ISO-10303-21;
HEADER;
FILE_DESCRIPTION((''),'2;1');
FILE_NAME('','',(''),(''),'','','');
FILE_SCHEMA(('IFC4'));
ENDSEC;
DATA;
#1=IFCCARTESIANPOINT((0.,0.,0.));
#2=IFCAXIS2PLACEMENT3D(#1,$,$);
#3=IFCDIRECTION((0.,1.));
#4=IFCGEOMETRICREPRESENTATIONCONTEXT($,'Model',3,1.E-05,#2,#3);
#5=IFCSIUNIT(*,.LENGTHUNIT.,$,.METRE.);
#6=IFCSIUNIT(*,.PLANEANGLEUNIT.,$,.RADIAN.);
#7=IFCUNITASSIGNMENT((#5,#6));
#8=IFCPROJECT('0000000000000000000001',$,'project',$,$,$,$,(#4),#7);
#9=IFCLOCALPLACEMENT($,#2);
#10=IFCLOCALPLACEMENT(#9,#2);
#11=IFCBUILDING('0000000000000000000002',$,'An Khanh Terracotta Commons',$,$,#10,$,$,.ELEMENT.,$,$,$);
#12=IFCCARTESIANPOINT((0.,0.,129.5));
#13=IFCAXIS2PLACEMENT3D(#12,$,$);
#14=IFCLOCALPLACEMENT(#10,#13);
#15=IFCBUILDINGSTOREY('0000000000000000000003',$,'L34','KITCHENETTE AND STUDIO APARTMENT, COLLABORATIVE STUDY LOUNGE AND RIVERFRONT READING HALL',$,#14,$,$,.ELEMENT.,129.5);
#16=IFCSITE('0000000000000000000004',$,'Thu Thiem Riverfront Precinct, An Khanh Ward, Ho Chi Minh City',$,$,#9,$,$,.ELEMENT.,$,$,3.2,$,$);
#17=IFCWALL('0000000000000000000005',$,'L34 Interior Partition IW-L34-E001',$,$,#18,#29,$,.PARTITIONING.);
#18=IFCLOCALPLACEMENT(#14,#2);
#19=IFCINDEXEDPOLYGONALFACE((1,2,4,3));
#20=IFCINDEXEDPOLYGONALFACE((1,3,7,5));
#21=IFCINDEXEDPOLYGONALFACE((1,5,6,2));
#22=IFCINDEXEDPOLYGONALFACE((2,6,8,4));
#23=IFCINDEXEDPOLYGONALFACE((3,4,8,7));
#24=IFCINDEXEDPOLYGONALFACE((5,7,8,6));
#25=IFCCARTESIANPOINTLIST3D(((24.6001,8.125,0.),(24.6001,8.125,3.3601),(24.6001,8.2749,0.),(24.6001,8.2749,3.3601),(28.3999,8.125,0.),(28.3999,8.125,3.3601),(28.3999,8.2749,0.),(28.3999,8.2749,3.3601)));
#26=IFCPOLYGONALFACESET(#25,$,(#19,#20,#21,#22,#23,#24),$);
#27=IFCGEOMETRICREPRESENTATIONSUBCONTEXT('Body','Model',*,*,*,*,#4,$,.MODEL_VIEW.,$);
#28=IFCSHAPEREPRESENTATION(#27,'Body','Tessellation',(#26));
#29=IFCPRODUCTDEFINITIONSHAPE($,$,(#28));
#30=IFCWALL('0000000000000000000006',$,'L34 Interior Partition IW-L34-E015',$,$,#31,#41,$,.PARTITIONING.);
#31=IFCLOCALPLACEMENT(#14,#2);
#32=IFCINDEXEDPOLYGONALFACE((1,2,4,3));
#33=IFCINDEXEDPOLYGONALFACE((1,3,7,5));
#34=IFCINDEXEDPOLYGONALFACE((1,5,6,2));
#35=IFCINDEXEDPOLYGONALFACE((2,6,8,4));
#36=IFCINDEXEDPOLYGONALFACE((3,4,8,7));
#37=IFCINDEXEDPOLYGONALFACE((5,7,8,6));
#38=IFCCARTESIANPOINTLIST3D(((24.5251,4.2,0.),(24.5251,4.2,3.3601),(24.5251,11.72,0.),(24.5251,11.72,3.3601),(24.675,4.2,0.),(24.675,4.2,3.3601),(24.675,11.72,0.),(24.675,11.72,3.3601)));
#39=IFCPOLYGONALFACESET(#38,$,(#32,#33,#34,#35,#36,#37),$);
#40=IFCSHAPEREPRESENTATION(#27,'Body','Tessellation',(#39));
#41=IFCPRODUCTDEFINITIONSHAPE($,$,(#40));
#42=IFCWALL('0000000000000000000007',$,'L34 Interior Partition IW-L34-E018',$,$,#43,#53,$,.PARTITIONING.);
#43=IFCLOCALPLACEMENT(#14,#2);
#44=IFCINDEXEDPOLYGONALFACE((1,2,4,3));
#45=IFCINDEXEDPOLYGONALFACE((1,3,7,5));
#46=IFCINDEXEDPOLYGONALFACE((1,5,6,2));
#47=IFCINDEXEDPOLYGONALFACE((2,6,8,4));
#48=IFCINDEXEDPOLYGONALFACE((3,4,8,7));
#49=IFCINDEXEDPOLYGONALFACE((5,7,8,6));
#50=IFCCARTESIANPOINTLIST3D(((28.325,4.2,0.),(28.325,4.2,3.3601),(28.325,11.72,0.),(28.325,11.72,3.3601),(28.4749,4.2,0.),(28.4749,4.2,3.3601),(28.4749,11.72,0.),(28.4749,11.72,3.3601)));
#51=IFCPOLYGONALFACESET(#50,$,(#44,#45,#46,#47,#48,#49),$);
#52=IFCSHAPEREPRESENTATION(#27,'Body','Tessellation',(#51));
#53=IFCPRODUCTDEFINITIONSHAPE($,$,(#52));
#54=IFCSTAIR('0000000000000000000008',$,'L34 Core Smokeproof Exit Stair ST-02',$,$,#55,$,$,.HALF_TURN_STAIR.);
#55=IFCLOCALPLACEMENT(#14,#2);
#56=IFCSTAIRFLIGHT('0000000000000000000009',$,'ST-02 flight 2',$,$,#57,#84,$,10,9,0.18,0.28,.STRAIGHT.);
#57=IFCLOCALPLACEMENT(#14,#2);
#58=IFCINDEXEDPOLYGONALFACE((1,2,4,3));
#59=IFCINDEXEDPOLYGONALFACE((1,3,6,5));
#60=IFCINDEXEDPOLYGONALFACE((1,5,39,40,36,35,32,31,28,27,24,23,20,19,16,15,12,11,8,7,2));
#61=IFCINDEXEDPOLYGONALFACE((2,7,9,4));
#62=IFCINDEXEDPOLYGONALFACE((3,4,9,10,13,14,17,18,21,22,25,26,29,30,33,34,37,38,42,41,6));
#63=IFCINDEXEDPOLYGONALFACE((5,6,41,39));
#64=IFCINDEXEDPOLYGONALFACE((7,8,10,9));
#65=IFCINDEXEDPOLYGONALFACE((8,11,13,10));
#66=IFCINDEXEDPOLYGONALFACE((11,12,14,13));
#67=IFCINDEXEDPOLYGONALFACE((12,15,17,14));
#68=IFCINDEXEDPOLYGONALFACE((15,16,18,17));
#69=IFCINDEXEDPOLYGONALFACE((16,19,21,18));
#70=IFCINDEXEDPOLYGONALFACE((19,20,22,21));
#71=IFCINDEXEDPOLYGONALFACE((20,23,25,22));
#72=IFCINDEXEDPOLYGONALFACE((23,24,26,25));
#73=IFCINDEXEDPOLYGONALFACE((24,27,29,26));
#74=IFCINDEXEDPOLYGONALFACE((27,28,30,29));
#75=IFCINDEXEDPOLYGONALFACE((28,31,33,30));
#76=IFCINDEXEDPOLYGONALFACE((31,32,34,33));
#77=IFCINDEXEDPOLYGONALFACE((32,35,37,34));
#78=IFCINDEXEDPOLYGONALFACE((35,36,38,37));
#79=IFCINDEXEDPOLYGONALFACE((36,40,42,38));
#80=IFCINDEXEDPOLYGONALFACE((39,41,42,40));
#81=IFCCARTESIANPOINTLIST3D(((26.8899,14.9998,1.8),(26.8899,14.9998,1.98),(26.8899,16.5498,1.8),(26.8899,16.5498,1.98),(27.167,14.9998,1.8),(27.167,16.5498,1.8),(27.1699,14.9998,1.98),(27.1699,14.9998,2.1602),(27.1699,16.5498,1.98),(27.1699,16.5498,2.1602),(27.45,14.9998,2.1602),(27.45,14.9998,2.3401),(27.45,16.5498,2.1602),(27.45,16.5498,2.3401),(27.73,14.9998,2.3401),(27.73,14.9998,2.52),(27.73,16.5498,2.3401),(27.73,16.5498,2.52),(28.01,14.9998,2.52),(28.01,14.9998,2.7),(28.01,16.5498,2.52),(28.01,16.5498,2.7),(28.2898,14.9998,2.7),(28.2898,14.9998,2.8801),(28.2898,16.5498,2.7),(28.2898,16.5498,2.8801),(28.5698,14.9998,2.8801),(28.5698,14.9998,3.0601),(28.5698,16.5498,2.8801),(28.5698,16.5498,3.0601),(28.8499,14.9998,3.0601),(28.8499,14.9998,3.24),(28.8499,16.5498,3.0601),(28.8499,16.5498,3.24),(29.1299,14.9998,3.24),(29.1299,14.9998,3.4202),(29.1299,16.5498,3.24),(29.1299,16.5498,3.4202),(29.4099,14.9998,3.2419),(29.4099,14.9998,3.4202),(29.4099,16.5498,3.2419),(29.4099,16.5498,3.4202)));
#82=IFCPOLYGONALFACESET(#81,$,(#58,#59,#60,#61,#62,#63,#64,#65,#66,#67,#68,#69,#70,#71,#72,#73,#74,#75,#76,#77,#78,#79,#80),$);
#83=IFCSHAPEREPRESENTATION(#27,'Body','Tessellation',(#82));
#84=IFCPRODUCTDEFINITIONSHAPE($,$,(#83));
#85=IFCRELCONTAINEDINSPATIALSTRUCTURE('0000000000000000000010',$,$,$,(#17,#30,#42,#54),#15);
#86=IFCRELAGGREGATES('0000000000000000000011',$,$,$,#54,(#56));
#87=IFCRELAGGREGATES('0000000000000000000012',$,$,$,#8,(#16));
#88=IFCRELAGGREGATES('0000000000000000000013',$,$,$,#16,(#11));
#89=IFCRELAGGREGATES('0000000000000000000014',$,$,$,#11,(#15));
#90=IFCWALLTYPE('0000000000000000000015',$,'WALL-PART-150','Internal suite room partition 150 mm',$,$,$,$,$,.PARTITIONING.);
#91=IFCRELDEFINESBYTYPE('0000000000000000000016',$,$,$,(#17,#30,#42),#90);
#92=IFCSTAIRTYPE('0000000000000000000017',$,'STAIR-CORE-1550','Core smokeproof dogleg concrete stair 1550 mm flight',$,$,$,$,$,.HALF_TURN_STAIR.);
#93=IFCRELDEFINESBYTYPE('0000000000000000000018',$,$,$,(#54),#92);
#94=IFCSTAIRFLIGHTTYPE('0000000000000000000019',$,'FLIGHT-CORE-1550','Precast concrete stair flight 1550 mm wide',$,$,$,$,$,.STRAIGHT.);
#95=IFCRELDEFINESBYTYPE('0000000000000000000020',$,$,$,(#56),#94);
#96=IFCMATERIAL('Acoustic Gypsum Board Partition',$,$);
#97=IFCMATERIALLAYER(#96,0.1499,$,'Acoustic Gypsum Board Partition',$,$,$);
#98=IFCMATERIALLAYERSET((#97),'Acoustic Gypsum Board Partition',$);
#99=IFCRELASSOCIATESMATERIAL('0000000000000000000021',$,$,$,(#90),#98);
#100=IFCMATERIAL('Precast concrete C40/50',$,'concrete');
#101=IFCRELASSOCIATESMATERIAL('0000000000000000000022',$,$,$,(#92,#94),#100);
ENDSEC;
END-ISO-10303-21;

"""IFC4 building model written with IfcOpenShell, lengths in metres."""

from ifc_helpers import new_model, si_unit, direction, frame, frame_2d, origin, place, context, subcontext, project, spatial, polyline, rectangle, outline, extrude, material, layer, layer_set, type_object, element, aggregate, save


model = new_model("IFC4")

# Units and contexts
model_context = context("Model", 3, precision=1e-05, world=origin(), true_north=direction((0.0, 1.0)))
body_context = subcontext(model_context, "Body", "Model", "MODEL_VIEW")
ifc_project = project(units=[si_unit("LENGTHUNIT", "METRE"), si_unit("PLANEANGLEUNIT", "RADIAN")], contexts=[model_context])

# Site, building, storey
site_placement = place(None, origin())
site = spatial("IfcSite", under=ifc_project, at=site_placement, Name="Thu Thiem Riverfront Precinct, An Khanh Ward, Ho Chi Minh City", CompositionType="ELEMENT", RefElevation=3.2)
building_placement = place(site_placement, origin())
building = spatial("IfcBuilding", under=site, at=building_placement, Name="An Khanh Terracotta Commons", CompositionType="ELEMENT")
storey_placement = place(building_placement, frame((0.0, 0.0, 129.5)))
storey = spatial("IfcBuildingStorey", under=building, at=storey_placement, Name="L34", Description="KITCHENETTE AND STUDIO APARTMENT, COLLABORATIVE STUDY LOUNGE AND RIVERFRONT READING HALL", CompositionType="ELEMENT", Elevation=129.5)

# Walls
ifc_material_1 = material(Name="Acoustic Gypsum Board Partition")
ifc_layer_1 = layer(ifc_material_1, 0.1499, Name="Acoustic Gypsum Board Partition")
ifc_layer_set_1 = layer_set([ifc_layer_1], Name="Acoustic Gypsum Board Partition")
wall_type_1 = type_object("IfcWallType", Name="WALL-PART-150", Description="Internal suite room partition 150 mm", PredefinedType="PARTITIONING", material=ifc_layer_set_1)
wall_1_placement = place(storey_placement, frame((24.6001, 8.2, 0.0), z_axis=(0.0, 0.0, 1.0), x_axis=(1.0, 0.0, 0.0)))
element("IfcWall", 1, at=wall_1_placement, inside=storey, type_object=wall_type_1, Name="L34 Interior Partition IW-L34-E001", PredefinedType="PARTITIONING", context=body_context, shape_type="SweptSolid", body=[
    extrude(rectangle(XDim=3.7998, YDim=0.1499, at=frame_2d((1.8999, 0.0))), origin(), (0.0, 0.0, 1.0), 3.3601),
])
for number, where, z_axis, x_axis, name in (
    (2, (24.6001, 4.2, 0.0), (0.0, 0.0, 1.0), (0.0, 1.0, 0.0), "L34 Interior Partition IW-L34-E015"),
    (3, (28.3999, 4.2, 0.0), (0.0, 0.0, 1.0), (0.0, 1.0, 0.0), "L34 Interior Partition IW-L34-E018"),
):
    element("IfcWall", number, at=place(storey_placement, frame(where, z_axis=z_axis, x_axis=x_axis)), inside=storey, type_object=wall_type_1, Name=name, PredefinedType="PARTITIONING", context=body_context, shape_type="SweptSolid", body=[
        extrude(rectangle(XDim=7.52, YDim=0.1499, at=frame_2d((3.76, 0.0))), origin(), (0.0, 0.0, 1.0), 3.3601),
    ])

# Stair, stair flight
ifc_material_2 = material(Name="Precast concrete C40/50", Category="concrete")
stair_type = type_object("IfcStairType", Name="STAIR-CORE-1550", Description="Core smokeproof dogleg concrete stair 1550 mm flight", PredefinedType="HALF_TURN_STAIR", material=ifc_material_2)
stair_placement = place(storey_placement, origin())
stair = element("IfcStair", 4, at=stair_placement, inside=storey, type_object=stair_type, Name="L34 Core Smokeproof Exit Stair ST-02", PredefinedType="HALF_TURN_STAIR")
stair_flight_type = type_object("IfcStairFlightType", Name="FLIGHT-CORE-1550", Description="Precast concrete stair flight 1550 mm wide", PredefinedType="STRAIGHT", material=ifc_material_2)
stair_flight_placement = place(storey_placement, frame((26.8899, 15.7749, 1.8), z_axis=(0.0, 0.0, 1.0), x_axis=(1.0, 0.0, 0.0)))
stair_flight = element("IfcStairFlight", 5, at=stair_flight_placement, type_object=stair_flight_type, Name="ST-02 flight 2", NumberOfRisers=10, NumberOfTreads=9, PredefinedType="STRAIGHT", RiserHeight=0.18, TreadLength=0.28, context=body_context, shape_type="SweptSolid", body=[
    extrude(outline(polyline([(0.0, 0.0), (0.0, 0.1799), (0.28, 0.1799), (0.28, 0.3601), (0.5601, 0.3601), (0.5601, 0.54), (0.8401, 0.54), (0.8401, 0.72), (1.1201, 0.72), (1.1201, 0.8999), (1.3999, 0.8999), (1.3999, 1.0801), (1.6799, 1.0801), (1.6799, 1.26), (1.96, 1.26), (1.96, 1.4399), (2.24, 1.4399), (2.24, 1.6201), (2.52, 1.6201), (2.52, 1.8), (2.52, 1.4419), (0.2771, 0.0), (0.0, 0.0)])), frame((0.0, 0.7749, 0.0), z_axis=(0.0, -1.0, 0.0), x_axis=(1.0, 0.0, 0.0)), (0.0, 0.0, 1.0), 1.55),
])
aggregate(stair, [stair_flight])

save(model, "model.ifc")
